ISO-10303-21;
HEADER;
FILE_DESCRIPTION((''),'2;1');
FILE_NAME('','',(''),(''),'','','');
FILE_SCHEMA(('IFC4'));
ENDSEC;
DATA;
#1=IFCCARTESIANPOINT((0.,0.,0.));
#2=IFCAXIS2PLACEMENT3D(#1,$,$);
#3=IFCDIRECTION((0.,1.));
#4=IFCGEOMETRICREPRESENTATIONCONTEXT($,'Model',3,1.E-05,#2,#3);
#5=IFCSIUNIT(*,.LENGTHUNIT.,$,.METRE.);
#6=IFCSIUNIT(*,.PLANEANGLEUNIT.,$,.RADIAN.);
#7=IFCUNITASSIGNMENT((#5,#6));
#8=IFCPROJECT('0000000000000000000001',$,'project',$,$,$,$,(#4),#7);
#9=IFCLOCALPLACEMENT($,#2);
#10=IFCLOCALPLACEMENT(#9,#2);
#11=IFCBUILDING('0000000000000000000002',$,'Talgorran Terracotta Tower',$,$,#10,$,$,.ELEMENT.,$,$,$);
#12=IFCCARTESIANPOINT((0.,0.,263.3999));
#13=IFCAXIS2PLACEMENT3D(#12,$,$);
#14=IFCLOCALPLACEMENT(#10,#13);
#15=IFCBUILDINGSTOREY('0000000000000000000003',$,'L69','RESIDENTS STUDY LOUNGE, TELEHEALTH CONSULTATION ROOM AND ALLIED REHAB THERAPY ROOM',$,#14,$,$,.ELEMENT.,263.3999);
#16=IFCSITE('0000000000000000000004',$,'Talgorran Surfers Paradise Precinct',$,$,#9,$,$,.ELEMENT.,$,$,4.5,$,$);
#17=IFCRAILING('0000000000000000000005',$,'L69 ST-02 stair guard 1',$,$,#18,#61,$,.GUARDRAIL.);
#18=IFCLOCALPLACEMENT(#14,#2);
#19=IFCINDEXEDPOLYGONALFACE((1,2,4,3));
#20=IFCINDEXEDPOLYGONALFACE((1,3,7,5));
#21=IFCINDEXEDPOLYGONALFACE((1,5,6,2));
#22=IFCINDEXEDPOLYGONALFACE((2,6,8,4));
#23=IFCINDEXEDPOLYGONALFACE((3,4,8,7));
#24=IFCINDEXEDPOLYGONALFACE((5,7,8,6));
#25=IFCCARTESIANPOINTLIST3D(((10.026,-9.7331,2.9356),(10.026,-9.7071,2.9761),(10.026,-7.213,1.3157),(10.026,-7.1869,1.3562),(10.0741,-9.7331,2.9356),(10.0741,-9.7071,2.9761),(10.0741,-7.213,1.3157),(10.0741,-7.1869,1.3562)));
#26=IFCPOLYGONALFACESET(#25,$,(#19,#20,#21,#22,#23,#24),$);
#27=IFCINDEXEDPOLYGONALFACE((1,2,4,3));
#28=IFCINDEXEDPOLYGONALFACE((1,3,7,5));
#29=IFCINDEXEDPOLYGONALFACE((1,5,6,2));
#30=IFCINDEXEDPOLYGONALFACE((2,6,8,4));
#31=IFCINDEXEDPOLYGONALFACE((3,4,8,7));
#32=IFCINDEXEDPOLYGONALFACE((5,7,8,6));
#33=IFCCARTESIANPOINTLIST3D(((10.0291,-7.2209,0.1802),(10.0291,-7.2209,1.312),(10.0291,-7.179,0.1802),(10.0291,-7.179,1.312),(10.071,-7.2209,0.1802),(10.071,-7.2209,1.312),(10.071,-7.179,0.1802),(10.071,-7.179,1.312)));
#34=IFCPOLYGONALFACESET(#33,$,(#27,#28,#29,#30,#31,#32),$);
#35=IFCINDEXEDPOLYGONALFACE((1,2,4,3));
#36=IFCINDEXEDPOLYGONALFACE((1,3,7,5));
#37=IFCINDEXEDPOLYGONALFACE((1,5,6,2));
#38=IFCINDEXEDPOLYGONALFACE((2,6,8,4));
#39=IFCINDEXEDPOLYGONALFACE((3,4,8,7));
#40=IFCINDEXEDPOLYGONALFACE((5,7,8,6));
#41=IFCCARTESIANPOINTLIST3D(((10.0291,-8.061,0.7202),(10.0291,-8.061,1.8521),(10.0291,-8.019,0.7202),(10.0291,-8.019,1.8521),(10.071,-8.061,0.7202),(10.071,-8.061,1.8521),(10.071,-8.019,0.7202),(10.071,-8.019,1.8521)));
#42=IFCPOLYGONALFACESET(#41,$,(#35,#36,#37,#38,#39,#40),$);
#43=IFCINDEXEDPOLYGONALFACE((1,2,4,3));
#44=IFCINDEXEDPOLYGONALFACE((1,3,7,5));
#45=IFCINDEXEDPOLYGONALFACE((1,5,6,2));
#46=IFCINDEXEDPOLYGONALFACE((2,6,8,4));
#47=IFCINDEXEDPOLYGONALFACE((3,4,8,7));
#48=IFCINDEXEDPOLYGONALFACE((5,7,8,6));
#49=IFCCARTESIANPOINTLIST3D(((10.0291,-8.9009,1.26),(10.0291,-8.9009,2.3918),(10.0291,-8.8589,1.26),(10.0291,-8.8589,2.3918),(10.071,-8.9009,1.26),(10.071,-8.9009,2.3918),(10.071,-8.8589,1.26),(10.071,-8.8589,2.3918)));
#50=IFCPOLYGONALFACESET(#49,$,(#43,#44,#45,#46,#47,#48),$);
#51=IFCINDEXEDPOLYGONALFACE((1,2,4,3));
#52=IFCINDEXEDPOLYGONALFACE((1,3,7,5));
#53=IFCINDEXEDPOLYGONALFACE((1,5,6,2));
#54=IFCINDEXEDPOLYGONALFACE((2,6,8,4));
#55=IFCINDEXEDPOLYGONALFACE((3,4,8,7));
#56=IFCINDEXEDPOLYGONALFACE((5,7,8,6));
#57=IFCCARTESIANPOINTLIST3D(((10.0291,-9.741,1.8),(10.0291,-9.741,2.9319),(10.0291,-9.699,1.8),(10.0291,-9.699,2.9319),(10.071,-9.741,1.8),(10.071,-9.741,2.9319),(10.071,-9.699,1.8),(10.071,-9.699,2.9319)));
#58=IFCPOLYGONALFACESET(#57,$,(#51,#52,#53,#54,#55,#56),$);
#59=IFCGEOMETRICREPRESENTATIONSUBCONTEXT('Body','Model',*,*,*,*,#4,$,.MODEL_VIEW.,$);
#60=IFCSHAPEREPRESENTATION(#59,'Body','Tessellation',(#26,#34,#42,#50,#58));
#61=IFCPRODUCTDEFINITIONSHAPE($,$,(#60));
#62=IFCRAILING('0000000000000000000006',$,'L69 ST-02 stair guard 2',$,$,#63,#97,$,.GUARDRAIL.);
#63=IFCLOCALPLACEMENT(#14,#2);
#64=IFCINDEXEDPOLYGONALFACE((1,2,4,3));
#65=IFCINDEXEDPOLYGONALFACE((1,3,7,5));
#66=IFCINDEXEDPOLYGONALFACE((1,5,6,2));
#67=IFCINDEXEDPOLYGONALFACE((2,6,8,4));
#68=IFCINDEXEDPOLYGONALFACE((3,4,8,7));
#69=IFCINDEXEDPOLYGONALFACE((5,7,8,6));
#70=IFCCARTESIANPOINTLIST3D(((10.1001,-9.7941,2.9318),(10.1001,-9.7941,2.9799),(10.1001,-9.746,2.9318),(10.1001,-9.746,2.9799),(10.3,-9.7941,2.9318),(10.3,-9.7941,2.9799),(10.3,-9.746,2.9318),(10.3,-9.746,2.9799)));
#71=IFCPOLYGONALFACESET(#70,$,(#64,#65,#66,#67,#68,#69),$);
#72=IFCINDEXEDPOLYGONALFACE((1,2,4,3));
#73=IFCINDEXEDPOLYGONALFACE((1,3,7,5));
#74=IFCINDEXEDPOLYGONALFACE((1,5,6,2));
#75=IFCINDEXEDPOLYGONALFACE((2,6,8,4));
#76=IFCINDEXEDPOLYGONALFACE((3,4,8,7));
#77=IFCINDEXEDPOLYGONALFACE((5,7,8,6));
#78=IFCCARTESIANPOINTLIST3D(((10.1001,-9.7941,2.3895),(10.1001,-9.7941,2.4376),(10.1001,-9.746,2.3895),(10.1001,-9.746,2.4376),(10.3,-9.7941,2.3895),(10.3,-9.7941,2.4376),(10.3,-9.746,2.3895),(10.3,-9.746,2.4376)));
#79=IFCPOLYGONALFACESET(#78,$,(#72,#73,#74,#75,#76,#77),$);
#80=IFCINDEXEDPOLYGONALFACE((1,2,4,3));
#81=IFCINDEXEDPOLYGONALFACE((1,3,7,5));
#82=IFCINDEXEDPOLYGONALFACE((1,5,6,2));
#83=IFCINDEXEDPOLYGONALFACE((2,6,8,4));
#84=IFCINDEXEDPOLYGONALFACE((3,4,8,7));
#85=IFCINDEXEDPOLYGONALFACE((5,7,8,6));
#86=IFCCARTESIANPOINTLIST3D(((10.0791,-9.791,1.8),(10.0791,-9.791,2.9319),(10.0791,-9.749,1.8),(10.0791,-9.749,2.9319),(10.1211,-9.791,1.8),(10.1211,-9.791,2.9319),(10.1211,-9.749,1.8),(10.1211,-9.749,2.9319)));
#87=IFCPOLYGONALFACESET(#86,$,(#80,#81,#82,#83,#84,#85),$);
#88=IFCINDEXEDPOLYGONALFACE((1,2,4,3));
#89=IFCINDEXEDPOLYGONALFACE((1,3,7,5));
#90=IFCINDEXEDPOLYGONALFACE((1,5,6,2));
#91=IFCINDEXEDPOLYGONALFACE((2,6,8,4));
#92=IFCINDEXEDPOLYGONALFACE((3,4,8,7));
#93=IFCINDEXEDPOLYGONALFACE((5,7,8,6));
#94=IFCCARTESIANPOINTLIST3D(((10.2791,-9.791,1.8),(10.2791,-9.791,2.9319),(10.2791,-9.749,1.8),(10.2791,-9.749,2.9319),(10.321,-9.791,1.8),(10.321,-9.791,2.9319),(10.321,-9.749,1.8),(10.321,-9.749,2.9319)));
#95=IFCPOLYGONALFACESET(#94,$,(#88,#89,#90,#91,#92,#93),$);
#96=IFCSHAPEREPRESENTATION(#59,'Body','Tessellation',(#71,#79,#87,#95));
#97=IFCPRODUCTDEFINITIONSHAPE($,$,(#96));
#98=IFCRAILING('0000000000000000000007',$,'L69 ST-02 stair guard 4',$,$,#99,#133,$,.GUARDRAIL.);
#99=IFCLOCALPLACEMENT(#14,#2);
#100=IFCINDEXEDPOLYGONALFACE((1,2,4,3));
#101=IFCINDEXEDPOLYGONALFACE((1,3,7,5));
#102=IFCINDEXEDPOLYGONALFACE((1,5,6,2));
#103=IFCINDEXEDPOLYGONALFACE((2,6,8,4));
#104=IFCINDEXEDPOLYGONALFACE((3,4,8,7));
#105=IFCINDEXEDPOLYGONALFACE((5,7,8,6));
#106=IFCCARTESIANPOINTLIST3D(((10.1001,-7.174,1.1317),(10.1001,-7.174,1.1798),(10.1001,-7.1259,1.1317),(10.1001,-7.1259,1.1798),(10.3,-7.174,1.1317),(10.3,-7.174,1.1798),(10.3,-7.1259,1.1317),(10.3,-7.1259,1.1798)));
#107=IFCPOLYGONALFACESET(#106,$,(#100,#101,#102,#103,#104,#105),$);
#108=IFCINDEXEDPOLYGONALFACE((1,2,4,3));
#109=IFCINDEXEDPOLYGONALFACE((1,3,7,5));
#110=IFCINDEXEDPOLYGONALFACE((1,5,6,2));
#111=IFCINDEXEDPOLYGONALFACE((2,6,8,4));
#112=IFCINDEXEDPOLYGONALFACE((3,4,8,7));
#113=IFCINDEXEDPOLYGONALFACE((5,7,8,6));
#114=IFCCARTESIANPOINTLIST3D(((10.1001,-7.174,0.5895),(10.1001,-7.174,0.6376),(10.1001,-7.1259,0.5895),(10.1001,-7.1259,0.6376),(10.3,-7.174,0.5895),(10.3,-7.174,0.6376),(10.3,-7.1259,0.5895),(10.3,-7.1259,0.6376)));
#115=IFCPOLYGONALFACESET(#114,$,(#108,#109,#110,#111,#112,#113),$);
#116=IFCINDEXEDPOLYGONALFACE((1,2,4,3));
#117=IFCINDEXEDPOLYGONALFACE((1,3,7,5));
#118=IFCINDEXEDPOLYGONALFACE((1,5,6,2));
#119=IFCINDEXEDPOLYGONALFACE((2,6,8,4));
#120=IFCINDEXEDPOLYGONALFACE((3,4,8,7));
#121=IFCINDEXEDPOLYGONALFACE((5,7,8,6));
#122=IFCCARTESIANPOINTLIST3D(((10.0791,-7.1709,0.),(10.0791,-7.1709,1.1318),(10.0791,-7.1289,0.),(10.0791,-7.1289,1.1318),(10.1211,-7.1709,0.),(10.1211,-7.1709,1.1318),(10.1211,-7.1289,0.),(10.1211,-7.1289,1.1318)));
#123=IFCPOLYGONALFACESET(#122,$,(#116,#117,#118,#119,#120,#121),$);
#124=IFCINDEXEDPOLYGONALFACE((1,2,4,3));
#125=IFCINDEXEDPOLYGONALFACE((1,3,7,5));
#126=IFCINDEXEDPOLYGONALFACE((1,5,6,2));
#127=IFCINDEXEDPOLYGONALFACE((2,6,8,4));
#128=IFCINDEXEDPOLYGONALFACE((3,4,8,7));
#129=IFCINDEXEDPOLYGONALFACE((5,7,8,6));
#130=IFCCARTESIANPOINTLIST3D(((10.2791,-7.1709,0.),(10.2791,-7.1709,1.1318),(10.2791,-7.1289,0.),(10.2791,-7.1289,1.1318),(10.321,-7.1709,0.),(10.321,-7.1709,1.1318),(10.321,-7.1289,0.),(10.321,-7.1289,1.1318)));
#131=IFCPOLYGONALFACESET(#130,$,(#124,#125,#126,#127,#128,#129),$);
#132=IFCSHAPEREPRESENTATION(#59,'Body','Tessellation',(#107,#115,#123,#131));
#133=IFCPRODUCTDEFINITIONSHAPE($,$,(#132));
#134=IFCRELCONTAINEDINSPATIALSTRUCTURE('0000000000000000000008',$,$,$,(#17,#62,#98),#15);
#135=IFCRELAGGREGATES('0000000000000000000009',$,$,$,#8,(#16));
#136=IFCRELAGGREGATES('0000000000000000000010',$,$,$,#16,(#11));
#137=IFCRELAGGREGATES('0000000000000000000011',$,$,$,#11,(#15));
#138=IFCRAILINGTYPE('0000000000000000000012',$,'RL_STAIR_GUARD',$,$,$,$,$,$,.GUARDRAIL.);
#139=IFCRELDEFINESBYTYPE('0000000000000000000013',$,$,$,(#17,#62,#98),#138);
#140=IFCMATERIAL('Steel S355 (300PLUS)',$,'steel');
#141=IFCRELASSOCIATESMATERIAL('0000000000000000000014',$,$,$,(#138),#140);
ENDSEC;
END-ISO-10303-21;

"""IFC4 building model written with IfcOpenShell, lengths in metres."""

from ifc_helpers import new_model, si_unit, direction, frame, origin, origin_2d, place, context, subcontext, project, spatial, rectangle, extrude, material, type_object, element, save


model = new_model("IFC4")

# Units and contexts
model_context = context("Model", 3, precision=1e-05, world=origin(), true_north=direction((0.0, 1.0)))
body_context = subcontext(model_context, "Body", "Model", "MODEL_VIEW")
ifc_project = project(units=[si_unit("LENGTHUNIT", "METRE"), si_unit("PLANEANGLEUNIT", "RADIAN")], contexts=[model_context])

# Site, building, storey
site_placement = place(None, origin())
site = spatial("IfcSite", under=ifc_project, at=site_placement, Name="Talgorran Surfers Paradise Precinct", CompositionType="ELEMENT", RefElevation=4.5)
building_placement = place(site_placement, origin())
building = spatial("IfcBuilding", under=site, at=building_placement, Name="Talgorran Terracotta Tower", CompositionType="ELEMENT")
storey_placement = place(building_placement, frame((0.0, 0.0, 263.3999)))
storey = spatial("IfcBuildingStorey", under=building, at=storey_placement, Name="L69", Description="RESIDENTS STUDY LOUNGE, TELEHEALTH CONSULTATION ROOM AND ALLIED REHAB THERAPY ROOM", CompositionType="ELEMENT", Elevation=263.3999)

# Railings
ifc_material_1 = material(Name="Steel S355 (300PLUS)", Category="steel")
railing_type_1 = type_object("IfcRailingType", Name="RL_STAIR_GUARD", PredefinedType="GUARDRAIL", material=ifc_material_1)
railing_1_placement = place(storey_placement, frame((10.05, -7.2, 0.1802)))
element("IfcRailing", 1, at=railing_1_placement, inside=storey, type_object=railing_type_1, Name="L69 ST-02 stair guard 1", PredefinedType="GUARDRAIL", context=body_context, shape_type="SweptSolid", body=[
    extrude(rectangle(XDim=0.0481, YDim=0.0481, at=origin_2d()), frame((0.0, 0.0, 1.1558), z_axis=(0.0, -0.8412, 0.540725), x_axis=(1.0, 0.0, 0.0)), (0.0, 0.0, 1.0), 2.9958),
    extrude(rectangle(XDim=0.042, YDim=0.042, at=origin_2d()), origin(), (0.0, 0.0, 1.0), 1.1318),
    extrude(rectangle(XDim=0.042, YDim=0.042, at=origin_2d()), frame((0.0, -0.8401, 0.54)), (0.0, 0.0, 1.0), 1.1318),
    extrude(rectangle(XDim=0.042, YDim=0.042, at=origin_2d()), frame((0.0, -1.6799, 1.0798)), (0.0, 0.0, 1.0), 1.1318),
    extrude(rectangle(XDim=0.042, YDim=0.042, at=origin_2d()), frame((0.0, -2.52, 1.6199)), (0.0, 0.0, 1.0), 1.1318),
])
for number, where, name in (
    (2, (10.1001, -9.77, 1.8), "L69 ST-02 stair guard 2"),
    (3, (10.1001, -7.1499, 0.0), "L69 ST-02 stair guard 4"),
):
    element("IfcRailing", number, at=place(storey_placement, frame(where)), inside=storey, type_object=railing_type_1, Name=name, PredefinedType="GUARDRAIL", context=body_context, shape_type="SweptSolid", body=[
        extrude(rectangle(XDim=0.0481, YDim=0.0481, at=origin_2d()), frame((0.0, 0.0, 1.1558), z_axis=(1.0, 0.0, 0.0), x_axis=(0.0, 1.0, 0.0)), (0.0, 0.0, 1.0), 0.2),
        extrude(rectangle(XDim=0.0481, YDim=0.0481, at=origin_2d()), frame((0.0, 0.0, 0.6135), z_axis=(1.0, 0.0, 0.0), x_axis=(0.0, 1.0, 0.0)), (0.0, 0.0, 1.0), 0.2),
        extrude(rectangle(XDim=0.042, YDim=0.042, at=origin_2d()), origin(), (0.0, 0.0, 1.0), 1.1318),
        extrude(rectangle(XDim=0.042, YDim=0.042, at=origin_2d()), frame((0.2, 0.0, 0.0)), (0.0, 0.0, 1.0), 1.1318),
    ])

save(model, "model.ifc")
